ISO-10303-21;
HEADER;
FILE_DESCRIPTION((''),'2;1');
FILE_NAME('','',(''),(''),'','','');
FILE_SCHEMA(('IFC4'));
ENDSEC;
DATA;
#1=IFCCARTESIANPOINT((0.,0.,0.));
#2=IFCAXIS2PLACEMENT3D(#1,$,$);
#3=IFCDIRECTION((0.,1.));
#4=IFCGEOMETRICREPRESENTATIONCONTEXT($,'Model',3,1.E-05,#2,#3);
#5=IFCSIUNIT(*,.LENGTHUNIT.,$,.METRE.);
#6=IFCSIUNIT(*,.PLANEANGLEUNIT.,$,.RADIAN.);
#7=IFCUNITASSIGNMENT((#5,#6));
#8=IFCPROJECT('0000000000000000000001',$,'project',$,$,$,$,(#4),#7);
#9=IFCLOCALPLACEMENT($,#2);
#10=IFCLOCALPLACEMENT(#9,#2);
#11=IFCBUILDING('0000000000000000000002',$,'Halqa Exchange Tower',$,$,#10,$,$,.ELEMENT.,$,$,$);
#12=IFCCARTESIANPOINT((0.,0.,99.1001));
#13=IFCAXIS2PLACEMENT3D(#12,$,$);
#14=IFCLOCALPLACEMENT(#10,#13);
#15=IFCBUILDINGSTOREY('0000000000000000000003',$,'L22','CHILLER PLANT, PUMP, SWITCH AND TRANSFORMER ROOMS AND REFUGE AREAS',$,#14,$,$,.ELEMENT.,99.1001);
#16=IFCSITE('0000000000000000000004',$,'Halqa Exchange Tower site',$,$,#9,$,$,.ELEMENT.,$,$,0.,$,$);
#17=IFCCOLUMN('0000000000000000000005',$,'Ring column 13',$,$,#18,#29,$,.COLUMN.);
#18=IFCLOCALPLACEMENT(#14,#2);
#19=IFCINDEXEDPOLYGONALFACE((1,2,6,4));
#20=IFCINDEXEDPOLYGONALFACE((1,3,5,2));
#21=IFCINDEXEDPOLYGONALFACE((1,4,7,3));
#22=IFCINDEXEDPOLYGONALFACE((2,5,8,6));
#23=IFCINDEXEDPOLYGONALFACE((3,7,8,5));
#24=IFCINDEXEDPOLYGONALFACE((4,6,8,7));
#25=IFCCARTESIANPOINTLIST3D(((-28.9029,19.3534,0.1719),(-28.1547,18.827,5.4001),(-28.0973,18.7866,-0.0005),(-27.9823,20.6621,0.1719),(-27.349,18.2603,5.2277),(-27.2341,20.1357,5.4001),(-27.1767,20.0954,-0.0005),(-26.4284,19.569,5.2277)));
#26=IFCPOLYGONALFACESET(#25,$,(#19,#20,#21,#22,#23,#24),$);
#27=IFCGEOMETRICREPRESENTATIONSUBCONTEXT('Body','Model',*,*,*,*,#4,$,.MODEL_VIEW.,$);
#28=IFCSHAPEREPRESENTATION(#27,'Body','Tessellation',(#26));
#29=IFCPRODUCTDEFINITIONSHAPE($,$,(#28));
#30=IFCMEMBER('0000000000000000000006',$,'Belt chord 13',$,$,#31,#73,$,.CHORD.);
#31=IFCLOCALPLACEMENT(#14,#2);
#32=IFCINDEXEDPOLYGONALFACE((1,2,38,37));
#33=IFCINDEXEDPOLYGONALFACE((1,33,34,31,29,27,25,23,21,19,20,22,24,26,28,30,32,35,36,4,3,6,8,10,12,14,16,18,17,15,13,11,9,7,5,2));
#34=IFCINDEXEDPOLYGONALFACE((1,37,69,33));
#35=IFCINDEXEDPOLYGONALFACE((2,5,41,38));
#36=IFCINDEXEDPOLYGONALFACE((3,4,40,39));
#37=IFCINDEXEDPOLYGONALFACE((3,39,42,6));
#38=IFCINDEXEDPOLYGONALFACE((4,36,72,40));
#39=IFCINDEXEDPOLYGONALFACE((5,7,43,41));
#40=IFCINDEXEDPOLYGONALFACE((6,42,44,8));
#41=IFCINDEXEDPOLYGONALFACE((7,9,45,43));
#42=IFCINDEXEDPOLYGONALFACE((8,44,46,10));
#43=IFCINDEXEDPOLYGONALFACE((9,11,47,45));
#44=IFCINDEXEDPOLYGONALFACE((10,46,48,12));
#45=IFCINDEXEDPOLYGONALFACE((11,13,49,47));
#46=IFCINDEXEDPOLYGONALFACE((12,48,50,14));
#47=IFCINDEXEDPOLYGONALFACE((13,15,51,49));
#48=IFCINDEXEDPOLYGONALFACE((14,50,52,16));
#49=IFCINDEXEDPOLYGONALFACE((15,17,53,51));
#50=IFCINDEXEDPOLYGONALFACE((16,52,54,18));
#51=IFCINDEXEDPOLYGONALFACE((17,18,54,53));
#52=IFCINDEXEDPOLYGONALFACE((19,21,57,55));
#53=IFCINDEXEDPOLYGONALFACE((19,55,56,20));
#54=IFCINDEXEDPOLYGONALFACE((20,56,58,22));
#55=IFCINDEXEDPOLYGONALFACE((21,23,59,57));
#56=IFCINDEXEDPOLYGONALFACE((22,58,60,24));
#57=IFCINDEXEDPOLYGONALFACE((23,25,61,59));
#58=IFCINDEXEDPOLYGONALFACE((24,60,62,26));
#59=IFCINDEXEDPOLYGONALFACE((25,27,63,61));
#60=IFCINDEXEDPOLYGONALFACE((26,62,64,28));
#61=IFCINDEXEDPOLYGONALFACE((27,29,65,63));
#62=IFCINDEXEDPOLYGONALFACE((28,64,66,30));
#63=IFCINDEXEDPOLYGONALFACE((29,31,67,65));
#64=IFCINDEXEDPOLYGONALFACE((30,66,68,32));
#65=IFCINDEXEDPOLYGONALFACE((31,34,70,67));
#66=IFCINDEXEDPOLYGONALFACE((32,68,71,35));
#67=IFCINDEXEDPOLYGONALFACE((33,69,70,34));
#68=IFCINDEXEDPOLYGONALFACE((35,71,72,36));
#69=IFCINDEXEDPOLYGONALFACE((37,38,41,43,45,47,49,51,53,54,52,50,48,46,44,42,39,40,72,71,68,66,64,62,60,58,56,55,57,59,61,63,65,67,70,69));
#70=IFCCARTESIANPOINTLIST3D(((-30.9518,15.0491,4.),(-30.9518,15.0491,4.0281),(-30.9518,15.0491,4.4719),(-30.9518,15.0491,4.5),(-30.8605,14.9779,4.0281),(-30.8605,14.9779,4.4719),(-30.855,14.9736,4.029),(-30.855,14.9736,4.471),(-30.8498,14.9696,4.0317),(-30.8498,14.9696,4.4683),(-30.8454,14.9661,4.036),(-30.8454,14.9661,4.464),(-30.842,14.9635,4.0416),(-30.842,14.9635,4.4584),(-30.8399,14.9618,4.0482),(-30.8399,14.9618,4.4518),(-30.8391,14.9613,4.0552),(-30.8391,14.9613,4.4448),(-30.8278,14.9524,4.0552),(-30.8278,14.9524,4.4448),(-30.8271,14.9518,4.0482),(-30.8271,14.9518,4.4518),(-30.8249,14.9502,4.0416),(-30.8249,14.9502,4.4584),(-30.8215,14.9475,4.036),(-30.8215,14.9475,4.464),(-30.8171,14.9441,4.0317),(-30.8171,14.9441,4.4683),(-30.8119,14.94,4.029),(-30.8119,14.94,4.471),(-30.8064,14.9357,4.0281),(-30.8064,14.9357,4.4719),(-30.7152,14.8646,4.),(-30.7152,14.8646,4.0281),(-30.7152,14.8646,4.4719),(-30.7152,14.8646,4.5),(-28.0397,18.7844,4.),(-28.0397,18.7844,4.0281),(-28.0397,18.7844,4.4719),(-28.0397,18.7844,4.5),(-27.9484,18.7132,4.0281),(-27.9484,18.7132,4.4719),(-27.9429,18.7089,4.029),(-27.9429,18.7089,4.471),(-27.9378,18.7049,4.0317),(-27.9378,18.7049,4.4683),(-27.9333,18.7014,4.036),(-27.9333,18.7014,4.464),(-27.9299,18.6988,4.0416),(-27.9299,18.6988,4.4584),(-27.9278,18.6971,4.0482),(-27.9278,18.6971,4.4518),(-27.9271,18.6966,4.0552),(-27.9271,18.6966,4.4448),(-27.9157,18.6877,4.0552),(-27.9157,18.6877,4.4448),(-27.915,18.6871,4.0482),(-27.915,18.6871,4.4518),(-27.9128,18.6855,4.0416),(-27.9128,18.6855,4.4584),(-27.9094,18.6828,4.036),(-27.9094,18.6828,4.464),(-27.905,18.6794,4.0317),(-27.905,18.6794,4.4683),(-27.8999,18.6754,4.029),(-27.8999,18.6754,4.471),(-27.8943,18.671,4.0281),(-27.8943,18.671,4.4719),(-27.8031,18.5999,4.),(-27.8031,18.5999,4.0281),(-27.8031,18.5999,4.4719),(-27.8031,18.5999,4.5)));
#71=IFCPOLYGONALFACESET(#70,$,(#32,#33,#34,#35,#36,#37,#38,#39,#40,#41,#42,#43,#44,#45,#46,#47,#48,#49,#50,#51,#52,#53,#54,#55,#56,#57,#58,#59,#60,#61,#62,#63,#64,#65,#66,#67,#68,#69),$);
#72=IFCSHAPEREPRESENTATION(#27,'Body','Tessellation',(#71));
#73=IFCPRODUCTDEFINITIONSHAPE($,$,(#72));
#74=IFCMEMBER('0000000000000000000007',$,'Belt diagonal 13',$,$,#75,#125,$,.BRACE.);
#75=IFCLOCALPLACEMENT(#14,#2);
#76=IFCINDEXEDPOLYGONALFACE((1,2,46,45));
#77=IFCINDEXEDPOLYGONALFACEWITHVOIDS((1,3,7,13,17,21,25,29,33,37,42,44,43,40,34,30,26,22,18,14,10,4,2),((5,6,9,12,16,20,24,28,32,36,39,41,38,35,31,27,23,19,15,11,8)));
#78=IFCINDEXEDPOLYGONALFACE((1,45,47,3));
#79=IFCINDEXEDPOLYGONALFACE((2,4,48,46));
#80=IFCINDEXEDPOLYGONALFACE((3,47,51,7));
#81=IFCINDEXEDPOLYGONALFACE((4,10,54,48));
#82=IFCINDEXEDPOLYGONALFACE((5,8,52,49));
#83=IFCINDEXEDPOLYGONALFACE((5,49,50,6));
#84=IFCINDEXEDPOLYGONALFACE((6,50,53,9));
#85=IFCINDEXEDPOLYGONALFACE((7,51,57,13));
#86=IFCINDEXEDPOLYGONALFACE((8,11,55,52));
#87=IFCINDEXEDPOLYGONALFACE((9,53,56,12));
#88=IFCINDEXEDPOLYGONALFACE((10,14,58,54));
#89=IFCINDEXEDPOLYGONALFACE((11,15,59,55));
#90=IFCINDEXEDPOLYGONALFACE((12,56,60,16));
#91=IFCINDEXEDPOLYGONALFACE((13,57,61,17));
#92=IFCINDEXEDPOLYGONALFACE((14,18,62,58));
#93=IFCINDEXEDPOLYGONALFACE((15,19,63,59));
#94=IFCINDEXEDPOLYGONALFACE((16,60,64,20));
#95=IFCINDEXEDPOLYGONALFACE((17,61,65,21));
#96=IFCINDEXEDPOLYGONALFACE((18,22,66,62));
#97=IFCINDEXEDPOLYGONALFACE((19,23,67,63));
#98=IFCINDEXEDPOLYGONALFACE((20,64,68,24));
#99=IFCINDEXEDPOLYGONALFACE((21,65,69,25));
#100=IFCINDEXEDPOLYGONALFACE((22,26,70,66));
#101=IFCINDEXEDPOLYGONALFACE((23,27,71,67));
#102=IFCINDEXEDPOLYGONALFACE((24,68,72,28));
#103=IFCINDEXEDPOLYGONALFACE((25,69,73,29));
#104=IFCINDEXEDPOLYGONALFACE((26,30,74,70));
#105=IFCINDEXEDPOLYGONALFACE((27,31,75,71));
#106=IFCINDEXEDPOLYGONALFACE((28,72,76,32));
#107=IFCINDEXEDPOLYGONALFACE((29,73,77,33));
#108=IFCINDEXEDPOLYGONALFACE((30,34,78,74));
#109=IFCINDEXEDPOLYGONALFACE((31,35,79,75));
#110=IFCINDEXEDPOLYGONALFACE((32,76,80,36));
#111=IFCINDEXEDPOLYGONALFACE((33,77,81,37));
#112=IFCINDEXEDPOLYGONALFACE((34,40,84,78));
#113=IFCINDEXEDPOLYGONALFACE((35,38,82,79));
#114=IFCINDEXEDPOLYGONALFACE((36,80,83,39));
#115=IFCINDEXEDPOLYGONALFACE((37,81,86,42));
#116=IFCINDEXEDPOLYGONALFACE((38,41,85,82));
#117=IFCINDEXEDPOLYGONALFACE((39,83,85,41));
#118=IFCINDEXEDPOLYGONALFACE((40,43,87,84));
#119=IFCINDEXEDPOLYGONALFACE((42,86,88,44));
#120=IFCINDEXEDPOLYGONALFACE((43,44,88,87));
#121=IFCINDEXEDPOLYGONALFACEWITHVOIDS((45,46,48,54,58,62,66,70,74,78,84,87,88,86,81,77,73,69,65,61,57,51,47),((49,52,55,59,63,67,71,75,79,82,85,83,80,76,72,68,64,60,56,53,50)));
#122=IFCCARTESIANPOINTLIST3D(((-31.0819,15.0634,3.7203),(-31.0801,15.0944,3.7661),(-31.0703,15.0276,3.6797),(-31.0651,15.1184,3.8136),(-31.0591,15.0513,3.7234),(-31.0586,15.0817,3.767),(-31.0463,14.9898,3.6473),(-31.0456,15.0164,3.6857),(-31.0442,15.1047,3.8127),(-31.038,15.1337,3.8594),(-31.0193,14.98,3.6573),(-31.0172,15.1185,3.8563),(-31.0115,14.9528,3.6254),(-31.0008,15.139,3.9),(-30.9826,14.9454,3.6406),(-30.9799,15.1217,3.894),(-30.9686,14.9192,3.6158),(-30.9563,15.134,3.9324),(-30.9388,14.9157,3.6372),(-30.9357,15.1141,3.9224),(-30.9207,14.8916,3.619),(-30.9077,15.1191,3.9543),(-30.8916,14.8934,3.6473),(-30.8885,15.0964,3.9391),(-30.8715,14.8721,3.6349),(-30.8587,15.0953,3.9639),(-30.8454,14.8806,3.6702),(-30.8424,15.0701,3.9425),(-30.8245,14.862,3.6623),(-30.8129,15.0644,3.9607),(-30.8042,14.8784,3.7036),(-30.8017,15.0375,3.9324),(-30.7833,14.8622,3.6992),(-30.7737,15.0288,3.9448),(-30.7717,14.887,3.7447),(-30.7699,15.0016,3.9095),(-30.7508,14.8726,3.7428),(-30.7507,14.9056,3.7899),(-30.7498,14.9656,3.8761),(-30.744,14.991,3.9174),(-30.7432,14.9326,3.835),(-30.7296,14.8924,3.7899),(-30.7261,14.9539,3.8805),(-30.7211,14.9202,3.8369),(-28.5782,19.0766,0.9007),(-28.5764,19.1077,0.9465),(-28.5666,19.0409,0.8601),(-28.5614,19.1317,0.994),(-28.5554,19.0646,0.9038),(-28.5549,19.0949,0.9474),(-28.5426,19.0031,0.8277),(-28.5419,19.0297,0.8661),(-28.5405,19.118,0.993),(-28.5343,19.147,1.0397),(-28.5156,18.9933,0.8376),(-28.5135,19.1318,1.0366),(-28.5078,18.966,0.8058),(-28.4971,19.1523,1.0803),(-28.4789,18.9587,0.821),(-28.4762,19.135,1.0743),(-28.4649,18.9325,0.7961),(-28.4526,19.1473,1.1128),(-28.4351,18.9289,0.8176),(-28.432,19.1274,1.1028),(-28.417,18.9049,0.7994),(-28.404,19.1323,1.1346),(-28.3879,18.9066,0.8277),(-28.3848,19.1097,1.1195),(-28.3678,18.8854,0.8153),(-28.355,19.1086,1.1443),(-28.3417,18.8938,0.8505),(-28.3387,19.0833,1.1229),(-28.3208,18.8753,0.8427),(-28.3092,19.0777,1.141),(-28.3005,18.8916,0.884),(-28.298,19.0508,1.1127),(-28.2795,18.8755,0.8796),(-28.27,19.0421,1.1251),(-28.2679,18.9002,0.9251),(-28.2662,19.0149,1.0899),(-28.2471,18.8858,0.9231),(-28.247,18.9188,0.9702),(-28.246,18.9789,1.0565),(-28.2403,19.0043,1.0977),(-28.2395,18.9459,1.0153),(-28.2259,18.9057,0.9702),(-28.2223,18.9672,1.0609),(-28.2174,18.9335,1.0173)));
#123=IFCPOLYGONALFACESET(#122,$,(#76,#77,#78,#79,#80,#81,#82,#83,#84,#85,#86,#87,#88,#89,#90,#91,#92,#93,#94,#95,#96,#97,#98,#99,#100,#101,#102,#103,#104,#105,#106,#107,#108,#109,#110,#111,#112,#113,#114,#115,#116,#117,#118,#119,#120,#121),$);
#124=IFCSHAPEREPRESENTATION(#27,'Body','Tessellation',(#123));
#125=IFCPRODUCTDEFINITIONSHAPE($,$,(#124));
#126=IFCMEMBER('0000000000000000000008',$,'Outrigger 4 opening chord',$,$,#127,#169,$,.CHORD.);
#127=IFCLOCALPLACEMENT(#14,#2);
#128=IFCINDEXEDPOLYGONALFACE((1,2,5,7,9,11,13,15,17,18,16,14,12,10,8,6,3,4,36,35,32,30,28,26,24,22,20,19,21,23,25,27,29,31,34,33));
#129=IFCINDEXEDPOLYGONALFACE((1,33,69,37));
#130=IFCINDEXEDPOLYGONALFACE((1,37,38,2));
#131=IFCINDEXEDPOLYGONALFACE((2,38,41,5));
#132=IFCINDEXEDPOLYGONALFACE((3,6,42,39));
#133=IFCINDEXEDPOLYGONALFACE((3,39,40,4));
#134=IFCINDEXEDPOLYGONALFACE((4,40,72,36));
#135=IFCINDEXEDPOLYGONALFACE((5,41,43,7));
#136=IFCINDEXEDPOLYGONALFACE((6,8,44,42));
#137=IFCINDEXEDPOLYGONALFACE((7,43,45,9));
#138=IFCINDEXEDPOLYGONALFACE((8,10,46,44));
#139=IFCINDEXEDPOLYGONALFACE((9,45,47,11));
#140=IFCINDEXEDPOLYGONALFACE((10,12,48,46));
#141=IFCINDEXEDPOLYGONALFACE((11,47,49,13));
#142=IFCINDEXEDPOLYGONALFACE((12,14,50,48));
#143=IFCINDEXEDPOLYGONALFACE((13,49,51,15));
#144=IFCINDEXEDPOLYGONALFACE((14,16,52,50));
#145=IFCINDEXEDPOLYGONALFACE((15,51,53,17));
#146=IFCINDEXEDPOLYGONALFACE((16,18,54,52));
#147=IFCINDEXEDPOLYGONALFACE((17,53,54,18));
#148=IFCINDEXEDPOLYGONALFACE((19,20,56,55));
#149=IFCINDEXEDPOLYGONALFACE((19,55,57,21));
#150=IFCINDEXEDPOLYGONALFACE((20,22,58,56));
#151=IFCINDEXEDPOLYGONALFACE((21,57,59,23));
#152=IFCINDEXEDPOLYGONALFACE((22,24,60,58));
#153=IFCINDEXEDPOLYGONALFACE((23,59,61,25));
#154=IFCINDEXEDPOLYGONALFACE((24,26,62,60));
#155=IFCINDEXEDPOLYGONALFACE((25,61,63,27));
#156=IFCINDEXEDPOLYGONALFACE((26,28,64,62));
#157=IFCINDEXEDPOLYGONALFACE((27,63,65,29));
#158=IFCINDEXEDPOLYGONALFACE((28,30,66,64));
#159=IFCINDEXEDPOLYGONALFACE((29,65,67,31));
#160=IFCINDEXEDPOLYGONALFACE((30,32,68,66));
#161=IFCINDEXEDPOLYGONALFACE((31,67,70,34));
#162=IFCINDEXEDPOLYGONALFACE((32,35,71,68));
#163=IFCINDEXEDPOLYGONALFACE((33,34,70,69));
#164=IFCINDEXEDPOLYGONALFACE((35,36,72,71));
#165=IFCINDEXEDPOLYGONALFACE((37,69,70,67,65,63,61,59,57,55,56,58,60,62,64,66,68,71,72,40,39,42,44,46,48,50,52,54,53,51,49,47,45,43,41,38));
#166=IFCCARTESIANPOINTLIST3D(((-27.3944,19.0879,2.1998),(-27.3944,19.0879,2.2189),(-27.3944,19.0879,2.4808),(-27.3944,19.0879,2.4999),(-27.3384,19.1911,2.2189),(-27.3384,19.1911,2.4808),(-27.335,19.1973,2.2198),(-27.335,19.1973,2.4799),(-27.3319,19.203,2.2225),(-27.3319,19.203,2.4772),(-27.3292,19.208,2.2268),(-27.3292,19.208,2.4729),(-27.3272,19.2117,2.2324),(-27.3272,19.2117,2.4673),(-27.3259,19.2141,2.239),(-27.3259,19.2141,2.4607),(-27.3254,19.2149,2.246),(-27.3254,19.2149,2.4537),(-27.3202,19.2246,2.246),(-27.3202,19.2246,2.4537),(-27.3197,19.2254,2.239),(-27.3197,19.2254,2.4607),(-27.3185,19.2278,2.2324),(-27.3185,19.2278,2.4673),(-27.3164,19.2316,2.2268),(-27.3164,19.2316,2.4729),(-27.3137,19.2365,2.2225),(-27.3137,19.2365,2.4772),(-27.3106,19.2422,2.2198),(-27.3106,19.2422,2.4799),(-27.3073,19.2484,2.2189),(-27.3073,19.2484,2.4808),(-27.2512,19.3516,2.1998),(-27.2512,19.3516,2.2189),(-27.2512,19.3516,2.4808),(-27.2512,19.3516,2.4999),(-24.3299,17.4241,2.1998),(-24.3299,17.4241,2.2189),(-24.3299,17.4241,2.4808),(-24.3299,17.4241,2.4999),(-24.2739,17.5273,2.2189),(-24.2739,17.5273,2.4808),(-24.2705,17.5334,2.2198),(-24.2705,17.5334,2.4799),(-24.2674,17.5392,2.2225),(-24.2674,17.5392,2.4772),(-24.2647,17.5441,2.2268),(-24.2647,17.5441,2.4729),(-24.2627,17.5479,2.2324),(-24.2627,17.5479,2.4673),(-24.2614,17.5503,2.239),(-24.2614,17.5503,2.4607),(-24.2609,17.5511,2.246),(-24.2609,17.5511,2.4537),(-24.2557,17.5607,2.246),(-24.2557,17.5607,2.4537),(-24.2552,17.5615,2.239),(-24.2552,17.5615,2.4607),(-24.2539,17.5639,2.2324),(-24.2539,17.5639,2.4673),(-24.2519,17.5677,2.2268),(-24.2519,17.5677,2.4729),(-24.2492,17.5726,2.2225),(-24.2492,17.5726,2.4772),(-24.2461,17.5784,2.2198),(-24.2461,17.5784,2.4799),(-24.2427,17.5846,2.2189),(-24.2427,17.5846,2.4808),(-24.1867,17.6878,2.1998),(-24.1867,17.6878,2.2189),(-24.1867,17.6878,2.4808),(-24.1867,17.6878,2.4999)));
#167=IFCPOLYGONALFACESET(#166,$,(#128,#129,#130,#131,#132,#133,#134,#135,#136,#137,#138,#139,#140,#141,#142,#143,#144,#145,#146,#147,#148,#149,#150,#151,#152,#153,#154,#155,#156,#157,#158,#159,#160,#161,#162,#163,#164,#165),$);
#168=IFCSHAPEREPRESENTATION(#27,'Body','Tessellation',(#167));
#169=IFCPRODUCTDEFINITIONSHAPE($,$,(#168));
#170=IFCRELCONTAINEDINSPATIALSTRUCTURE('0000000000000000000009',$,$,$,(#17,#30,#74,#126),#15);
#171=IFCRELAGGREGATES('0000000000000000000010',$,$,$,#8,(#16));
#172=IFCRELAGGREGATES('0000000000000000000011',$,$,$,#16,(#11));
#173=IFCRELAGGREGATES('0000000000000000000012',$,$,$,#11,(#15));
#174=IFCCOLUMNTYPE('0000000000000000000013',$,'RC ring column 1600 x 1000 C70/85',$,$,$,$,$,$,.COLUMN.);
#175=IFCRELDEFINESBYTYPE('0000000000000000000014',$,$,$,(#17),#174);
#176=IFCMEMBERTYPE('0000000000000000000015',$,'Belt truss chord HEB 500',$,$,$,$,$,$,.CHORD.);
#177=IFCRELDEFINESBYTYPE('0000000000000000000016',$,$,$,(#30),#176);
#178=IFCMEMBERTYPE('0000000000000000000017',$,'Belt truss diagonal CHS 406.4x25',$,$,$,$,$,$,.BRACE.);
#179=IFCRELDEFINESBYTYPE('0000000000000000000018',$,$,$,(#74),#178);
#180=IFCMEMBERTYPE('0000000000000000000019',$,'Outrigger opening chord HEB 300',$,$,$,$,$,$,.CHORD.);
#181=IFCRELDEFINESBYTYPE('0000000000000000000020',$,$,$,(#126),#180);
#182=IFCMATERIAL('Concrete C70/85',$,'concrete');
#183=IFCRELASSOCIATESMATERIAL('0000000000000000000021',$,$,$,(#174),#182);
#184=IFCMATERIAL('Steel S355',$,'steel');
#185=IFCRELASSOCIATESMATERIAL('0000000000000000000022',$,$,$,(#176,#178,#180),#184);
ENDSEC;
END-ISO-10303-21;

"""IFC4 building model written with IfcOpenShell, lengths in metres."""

from ifc_helpers import new_model, si_unit, direction, frame, origin, origin_2d, place, context, subcontext, project, spatial, rectangle, hollow_circle, i_section, extrude, material, material_profile, profile_set, type_object, element, save


model = new_model("IFC4")

# Units and contexts
model_context = context("Model", 3, precision=1e-05, world=origin(), true_north=direction((0.0, 1.0)))
body_context = subcontext(model_context, "Body", "Model", "MODEL_VIEW")
ifc_project = project(units=[si_unit("LENGTHUNIT", "METRE"), si_unit("PLANEANGLEUNIT", "RADIAN")], contexts=[model_context])

# Site, building, storey
site_placement = place(None, origin())
site = spatial("IfcSite", under=ifc_project, at=site_placement, Name="Halqa Exchange Tower site", CompositionType="ELEMENT", RefElevation=0.0)
building_placement = place(site_placement, origin())
building = spatial("IfcBuilding", under=site, at=building_placement, Name="Halqa Exchange Tower", CompositionType="ELEMENT")
storey_placement = place(building_placement, frame((0.0, 0.0, 99.1001)))
storey = spatial("IfcBuildingStorey", under=building, at=storey_placement, Name="L22", Description="CHILLER PLANT, PUMP, SWITCH AND TRANSFORMER ROOMS AND REFUGE AREAS", CompositionType="ELEMENT", Elevation=99.1001)

# Column
ifc_material_1 = material(Name="Concrete C70/85", Category="concrete")
ifc_material_profile_1 = material_profile(ifc_material_1, rectangle(XDim=1.6001, YDim=1.0, at=origin_2d()), Name="1600 x 1000")
ifc_profile_set_1 = profile_set([ifc_material_profile_1], Name="Concrete C70/85")
column_type = type_object("IfcColumnType", Name="RC ring column 1600 x 1000 C70/85", PredefinedType="COLUMN", material=ifc_profile_set_1)
column_placement = place(storey_placement, frame((-28.0398, 19.7244, 0.0857), z_axis=(0.140982, -0.09917, 0.985033), x_axis=(0.575341, 0.817913, 0.0)))
element("IfcColumn", 1, at=column_placement, inside=storey, type_object=column_type, Name="Ring column 13", PredefinedType="COLUMN", context=body_context, shape_type="SweptSolid", body=[
    extrude(rectangle(XDim=1.6001, YDim=1.0, at=origin_2d()), origin(), (0.0, 0.0, 1.0), 5.3076),
])

# Members
ifc_material_2 = material(Name="Steel S355", Category="steel")
ifc_material_profile_2 = material_profile(ifc_material_2, i_section(OverallWidth=0.3, OverallDepth=0.5, WebThickness=0.0144, FlangeThickness=0.0281, FilletRadius=0.0271, at=origin_2d()), Name="HEB 500")
ifc_profile_set_2 = profile_set([ifc_material_profile_2], Name="Steel S355")
member_type_1 = type_object("IfcMemberType", Name="Belt truss chord HEB 500", PredefinedType="CHORD", material=ifc_profile_set_2)
member_1_placement = place(storey_placement, frame((-27.9214, 18.6921, 4.25), z_axis=(-0.614839, -0.788652, 0.0), x_axis=(0.788652, -0.614839, 0.0)))
element("IfcMember", 2, at=member_1_placement, inside=storey, type_object=member_type_1, Name="Belt chord 13", PredefinedType="CHORD", context=body_context, shape_type="SweptSolid", body=[
    extrude(i_section(OverallWidth=0.3, OverallDepth=0.5, WebThickness=0.0144, FlangeThickness=0.0281, FilletRadius=0.0271, at=origin_2d()), origin(), (0.0, 0.0, 1.0), 4.7363),
])
ifc_material_profile_3 = material_profile(ifc_material_2, hollow_circle(Radius=0.2031, WallThickness=0.0249, at=origin_2d()), Name="CHS 406.4x25")
ifc_profile_set_3 = profile_set([ifc_material_profile_3], Name="Steel S355")
member_type_2 = type_object("IfcMemberType", Name="Belt truss diagonal CHS 406.4x25", PredefinedType="BRACE", material=ifc_profile_set_3)
member_2_placement = place(storey_placement, frame((-28.3982, 19.0132, 0.9702), z_axis=(-0.454656, -0.728779, 0.512025), x_axis=(0.848433, -0.529303, 0.0)))
element("IfcMember", 3, at=member_2_placement, inside=storey, type_object=member_type_2, Name="Belt diagonal 13", PredefinedType="BRACE", context=body_context, shape_type="SweptSolid", body=[
    extrude(hollow_circle(Radius=0.2031, WallThickness=0.0249, at=origin_2d()), origin(), (0.0, 0.0, 1.0), 5.5068),
])
ifc_material_profile_4 = material_profile(ifc_material_2, i_section(OverallWidth=0.3, OverallDepth=0.3, WebThickness=0.011, FlangeThickness=0.019, FilletRadius=0.0271, at=origin_2d()), Name="HEB 300")
ifc_profile_set_4 = profile_set([ifc_material_profile_4], Name="Steel S355")
member_type_3 = type_object("IfcMemberType", Name="Outrigger opening chord HEB 300", PredefinedType="CHORD", material=ifc_profile_set_4)
member_3_placement = place(storey_placement, frame((-24.2583, 17.5559, 2.3499), z_axis=(-0.878822, 0.477149, 0.0), x_axis=(-0.477149, -0.878822, 0.0)))
element("IfcMember", 4, at=member_3_placement, inside=storey, type_object=member_type_3, Name="Outrigger 4 opening chord", PredefinedType="CHORD", context=body_context, shape_type="SweptSolid", body=[
    extrude(i_section(OverallWidth=0.3, OverallDepth=0.3, WebThickness=0.011, FlangeThickness=0.019, FilletRadius=0.0271, at=origin_2d()), origin(), (0.0, 0.0, 1.0), 3.4871),
])

save(model, "model.ifc")
